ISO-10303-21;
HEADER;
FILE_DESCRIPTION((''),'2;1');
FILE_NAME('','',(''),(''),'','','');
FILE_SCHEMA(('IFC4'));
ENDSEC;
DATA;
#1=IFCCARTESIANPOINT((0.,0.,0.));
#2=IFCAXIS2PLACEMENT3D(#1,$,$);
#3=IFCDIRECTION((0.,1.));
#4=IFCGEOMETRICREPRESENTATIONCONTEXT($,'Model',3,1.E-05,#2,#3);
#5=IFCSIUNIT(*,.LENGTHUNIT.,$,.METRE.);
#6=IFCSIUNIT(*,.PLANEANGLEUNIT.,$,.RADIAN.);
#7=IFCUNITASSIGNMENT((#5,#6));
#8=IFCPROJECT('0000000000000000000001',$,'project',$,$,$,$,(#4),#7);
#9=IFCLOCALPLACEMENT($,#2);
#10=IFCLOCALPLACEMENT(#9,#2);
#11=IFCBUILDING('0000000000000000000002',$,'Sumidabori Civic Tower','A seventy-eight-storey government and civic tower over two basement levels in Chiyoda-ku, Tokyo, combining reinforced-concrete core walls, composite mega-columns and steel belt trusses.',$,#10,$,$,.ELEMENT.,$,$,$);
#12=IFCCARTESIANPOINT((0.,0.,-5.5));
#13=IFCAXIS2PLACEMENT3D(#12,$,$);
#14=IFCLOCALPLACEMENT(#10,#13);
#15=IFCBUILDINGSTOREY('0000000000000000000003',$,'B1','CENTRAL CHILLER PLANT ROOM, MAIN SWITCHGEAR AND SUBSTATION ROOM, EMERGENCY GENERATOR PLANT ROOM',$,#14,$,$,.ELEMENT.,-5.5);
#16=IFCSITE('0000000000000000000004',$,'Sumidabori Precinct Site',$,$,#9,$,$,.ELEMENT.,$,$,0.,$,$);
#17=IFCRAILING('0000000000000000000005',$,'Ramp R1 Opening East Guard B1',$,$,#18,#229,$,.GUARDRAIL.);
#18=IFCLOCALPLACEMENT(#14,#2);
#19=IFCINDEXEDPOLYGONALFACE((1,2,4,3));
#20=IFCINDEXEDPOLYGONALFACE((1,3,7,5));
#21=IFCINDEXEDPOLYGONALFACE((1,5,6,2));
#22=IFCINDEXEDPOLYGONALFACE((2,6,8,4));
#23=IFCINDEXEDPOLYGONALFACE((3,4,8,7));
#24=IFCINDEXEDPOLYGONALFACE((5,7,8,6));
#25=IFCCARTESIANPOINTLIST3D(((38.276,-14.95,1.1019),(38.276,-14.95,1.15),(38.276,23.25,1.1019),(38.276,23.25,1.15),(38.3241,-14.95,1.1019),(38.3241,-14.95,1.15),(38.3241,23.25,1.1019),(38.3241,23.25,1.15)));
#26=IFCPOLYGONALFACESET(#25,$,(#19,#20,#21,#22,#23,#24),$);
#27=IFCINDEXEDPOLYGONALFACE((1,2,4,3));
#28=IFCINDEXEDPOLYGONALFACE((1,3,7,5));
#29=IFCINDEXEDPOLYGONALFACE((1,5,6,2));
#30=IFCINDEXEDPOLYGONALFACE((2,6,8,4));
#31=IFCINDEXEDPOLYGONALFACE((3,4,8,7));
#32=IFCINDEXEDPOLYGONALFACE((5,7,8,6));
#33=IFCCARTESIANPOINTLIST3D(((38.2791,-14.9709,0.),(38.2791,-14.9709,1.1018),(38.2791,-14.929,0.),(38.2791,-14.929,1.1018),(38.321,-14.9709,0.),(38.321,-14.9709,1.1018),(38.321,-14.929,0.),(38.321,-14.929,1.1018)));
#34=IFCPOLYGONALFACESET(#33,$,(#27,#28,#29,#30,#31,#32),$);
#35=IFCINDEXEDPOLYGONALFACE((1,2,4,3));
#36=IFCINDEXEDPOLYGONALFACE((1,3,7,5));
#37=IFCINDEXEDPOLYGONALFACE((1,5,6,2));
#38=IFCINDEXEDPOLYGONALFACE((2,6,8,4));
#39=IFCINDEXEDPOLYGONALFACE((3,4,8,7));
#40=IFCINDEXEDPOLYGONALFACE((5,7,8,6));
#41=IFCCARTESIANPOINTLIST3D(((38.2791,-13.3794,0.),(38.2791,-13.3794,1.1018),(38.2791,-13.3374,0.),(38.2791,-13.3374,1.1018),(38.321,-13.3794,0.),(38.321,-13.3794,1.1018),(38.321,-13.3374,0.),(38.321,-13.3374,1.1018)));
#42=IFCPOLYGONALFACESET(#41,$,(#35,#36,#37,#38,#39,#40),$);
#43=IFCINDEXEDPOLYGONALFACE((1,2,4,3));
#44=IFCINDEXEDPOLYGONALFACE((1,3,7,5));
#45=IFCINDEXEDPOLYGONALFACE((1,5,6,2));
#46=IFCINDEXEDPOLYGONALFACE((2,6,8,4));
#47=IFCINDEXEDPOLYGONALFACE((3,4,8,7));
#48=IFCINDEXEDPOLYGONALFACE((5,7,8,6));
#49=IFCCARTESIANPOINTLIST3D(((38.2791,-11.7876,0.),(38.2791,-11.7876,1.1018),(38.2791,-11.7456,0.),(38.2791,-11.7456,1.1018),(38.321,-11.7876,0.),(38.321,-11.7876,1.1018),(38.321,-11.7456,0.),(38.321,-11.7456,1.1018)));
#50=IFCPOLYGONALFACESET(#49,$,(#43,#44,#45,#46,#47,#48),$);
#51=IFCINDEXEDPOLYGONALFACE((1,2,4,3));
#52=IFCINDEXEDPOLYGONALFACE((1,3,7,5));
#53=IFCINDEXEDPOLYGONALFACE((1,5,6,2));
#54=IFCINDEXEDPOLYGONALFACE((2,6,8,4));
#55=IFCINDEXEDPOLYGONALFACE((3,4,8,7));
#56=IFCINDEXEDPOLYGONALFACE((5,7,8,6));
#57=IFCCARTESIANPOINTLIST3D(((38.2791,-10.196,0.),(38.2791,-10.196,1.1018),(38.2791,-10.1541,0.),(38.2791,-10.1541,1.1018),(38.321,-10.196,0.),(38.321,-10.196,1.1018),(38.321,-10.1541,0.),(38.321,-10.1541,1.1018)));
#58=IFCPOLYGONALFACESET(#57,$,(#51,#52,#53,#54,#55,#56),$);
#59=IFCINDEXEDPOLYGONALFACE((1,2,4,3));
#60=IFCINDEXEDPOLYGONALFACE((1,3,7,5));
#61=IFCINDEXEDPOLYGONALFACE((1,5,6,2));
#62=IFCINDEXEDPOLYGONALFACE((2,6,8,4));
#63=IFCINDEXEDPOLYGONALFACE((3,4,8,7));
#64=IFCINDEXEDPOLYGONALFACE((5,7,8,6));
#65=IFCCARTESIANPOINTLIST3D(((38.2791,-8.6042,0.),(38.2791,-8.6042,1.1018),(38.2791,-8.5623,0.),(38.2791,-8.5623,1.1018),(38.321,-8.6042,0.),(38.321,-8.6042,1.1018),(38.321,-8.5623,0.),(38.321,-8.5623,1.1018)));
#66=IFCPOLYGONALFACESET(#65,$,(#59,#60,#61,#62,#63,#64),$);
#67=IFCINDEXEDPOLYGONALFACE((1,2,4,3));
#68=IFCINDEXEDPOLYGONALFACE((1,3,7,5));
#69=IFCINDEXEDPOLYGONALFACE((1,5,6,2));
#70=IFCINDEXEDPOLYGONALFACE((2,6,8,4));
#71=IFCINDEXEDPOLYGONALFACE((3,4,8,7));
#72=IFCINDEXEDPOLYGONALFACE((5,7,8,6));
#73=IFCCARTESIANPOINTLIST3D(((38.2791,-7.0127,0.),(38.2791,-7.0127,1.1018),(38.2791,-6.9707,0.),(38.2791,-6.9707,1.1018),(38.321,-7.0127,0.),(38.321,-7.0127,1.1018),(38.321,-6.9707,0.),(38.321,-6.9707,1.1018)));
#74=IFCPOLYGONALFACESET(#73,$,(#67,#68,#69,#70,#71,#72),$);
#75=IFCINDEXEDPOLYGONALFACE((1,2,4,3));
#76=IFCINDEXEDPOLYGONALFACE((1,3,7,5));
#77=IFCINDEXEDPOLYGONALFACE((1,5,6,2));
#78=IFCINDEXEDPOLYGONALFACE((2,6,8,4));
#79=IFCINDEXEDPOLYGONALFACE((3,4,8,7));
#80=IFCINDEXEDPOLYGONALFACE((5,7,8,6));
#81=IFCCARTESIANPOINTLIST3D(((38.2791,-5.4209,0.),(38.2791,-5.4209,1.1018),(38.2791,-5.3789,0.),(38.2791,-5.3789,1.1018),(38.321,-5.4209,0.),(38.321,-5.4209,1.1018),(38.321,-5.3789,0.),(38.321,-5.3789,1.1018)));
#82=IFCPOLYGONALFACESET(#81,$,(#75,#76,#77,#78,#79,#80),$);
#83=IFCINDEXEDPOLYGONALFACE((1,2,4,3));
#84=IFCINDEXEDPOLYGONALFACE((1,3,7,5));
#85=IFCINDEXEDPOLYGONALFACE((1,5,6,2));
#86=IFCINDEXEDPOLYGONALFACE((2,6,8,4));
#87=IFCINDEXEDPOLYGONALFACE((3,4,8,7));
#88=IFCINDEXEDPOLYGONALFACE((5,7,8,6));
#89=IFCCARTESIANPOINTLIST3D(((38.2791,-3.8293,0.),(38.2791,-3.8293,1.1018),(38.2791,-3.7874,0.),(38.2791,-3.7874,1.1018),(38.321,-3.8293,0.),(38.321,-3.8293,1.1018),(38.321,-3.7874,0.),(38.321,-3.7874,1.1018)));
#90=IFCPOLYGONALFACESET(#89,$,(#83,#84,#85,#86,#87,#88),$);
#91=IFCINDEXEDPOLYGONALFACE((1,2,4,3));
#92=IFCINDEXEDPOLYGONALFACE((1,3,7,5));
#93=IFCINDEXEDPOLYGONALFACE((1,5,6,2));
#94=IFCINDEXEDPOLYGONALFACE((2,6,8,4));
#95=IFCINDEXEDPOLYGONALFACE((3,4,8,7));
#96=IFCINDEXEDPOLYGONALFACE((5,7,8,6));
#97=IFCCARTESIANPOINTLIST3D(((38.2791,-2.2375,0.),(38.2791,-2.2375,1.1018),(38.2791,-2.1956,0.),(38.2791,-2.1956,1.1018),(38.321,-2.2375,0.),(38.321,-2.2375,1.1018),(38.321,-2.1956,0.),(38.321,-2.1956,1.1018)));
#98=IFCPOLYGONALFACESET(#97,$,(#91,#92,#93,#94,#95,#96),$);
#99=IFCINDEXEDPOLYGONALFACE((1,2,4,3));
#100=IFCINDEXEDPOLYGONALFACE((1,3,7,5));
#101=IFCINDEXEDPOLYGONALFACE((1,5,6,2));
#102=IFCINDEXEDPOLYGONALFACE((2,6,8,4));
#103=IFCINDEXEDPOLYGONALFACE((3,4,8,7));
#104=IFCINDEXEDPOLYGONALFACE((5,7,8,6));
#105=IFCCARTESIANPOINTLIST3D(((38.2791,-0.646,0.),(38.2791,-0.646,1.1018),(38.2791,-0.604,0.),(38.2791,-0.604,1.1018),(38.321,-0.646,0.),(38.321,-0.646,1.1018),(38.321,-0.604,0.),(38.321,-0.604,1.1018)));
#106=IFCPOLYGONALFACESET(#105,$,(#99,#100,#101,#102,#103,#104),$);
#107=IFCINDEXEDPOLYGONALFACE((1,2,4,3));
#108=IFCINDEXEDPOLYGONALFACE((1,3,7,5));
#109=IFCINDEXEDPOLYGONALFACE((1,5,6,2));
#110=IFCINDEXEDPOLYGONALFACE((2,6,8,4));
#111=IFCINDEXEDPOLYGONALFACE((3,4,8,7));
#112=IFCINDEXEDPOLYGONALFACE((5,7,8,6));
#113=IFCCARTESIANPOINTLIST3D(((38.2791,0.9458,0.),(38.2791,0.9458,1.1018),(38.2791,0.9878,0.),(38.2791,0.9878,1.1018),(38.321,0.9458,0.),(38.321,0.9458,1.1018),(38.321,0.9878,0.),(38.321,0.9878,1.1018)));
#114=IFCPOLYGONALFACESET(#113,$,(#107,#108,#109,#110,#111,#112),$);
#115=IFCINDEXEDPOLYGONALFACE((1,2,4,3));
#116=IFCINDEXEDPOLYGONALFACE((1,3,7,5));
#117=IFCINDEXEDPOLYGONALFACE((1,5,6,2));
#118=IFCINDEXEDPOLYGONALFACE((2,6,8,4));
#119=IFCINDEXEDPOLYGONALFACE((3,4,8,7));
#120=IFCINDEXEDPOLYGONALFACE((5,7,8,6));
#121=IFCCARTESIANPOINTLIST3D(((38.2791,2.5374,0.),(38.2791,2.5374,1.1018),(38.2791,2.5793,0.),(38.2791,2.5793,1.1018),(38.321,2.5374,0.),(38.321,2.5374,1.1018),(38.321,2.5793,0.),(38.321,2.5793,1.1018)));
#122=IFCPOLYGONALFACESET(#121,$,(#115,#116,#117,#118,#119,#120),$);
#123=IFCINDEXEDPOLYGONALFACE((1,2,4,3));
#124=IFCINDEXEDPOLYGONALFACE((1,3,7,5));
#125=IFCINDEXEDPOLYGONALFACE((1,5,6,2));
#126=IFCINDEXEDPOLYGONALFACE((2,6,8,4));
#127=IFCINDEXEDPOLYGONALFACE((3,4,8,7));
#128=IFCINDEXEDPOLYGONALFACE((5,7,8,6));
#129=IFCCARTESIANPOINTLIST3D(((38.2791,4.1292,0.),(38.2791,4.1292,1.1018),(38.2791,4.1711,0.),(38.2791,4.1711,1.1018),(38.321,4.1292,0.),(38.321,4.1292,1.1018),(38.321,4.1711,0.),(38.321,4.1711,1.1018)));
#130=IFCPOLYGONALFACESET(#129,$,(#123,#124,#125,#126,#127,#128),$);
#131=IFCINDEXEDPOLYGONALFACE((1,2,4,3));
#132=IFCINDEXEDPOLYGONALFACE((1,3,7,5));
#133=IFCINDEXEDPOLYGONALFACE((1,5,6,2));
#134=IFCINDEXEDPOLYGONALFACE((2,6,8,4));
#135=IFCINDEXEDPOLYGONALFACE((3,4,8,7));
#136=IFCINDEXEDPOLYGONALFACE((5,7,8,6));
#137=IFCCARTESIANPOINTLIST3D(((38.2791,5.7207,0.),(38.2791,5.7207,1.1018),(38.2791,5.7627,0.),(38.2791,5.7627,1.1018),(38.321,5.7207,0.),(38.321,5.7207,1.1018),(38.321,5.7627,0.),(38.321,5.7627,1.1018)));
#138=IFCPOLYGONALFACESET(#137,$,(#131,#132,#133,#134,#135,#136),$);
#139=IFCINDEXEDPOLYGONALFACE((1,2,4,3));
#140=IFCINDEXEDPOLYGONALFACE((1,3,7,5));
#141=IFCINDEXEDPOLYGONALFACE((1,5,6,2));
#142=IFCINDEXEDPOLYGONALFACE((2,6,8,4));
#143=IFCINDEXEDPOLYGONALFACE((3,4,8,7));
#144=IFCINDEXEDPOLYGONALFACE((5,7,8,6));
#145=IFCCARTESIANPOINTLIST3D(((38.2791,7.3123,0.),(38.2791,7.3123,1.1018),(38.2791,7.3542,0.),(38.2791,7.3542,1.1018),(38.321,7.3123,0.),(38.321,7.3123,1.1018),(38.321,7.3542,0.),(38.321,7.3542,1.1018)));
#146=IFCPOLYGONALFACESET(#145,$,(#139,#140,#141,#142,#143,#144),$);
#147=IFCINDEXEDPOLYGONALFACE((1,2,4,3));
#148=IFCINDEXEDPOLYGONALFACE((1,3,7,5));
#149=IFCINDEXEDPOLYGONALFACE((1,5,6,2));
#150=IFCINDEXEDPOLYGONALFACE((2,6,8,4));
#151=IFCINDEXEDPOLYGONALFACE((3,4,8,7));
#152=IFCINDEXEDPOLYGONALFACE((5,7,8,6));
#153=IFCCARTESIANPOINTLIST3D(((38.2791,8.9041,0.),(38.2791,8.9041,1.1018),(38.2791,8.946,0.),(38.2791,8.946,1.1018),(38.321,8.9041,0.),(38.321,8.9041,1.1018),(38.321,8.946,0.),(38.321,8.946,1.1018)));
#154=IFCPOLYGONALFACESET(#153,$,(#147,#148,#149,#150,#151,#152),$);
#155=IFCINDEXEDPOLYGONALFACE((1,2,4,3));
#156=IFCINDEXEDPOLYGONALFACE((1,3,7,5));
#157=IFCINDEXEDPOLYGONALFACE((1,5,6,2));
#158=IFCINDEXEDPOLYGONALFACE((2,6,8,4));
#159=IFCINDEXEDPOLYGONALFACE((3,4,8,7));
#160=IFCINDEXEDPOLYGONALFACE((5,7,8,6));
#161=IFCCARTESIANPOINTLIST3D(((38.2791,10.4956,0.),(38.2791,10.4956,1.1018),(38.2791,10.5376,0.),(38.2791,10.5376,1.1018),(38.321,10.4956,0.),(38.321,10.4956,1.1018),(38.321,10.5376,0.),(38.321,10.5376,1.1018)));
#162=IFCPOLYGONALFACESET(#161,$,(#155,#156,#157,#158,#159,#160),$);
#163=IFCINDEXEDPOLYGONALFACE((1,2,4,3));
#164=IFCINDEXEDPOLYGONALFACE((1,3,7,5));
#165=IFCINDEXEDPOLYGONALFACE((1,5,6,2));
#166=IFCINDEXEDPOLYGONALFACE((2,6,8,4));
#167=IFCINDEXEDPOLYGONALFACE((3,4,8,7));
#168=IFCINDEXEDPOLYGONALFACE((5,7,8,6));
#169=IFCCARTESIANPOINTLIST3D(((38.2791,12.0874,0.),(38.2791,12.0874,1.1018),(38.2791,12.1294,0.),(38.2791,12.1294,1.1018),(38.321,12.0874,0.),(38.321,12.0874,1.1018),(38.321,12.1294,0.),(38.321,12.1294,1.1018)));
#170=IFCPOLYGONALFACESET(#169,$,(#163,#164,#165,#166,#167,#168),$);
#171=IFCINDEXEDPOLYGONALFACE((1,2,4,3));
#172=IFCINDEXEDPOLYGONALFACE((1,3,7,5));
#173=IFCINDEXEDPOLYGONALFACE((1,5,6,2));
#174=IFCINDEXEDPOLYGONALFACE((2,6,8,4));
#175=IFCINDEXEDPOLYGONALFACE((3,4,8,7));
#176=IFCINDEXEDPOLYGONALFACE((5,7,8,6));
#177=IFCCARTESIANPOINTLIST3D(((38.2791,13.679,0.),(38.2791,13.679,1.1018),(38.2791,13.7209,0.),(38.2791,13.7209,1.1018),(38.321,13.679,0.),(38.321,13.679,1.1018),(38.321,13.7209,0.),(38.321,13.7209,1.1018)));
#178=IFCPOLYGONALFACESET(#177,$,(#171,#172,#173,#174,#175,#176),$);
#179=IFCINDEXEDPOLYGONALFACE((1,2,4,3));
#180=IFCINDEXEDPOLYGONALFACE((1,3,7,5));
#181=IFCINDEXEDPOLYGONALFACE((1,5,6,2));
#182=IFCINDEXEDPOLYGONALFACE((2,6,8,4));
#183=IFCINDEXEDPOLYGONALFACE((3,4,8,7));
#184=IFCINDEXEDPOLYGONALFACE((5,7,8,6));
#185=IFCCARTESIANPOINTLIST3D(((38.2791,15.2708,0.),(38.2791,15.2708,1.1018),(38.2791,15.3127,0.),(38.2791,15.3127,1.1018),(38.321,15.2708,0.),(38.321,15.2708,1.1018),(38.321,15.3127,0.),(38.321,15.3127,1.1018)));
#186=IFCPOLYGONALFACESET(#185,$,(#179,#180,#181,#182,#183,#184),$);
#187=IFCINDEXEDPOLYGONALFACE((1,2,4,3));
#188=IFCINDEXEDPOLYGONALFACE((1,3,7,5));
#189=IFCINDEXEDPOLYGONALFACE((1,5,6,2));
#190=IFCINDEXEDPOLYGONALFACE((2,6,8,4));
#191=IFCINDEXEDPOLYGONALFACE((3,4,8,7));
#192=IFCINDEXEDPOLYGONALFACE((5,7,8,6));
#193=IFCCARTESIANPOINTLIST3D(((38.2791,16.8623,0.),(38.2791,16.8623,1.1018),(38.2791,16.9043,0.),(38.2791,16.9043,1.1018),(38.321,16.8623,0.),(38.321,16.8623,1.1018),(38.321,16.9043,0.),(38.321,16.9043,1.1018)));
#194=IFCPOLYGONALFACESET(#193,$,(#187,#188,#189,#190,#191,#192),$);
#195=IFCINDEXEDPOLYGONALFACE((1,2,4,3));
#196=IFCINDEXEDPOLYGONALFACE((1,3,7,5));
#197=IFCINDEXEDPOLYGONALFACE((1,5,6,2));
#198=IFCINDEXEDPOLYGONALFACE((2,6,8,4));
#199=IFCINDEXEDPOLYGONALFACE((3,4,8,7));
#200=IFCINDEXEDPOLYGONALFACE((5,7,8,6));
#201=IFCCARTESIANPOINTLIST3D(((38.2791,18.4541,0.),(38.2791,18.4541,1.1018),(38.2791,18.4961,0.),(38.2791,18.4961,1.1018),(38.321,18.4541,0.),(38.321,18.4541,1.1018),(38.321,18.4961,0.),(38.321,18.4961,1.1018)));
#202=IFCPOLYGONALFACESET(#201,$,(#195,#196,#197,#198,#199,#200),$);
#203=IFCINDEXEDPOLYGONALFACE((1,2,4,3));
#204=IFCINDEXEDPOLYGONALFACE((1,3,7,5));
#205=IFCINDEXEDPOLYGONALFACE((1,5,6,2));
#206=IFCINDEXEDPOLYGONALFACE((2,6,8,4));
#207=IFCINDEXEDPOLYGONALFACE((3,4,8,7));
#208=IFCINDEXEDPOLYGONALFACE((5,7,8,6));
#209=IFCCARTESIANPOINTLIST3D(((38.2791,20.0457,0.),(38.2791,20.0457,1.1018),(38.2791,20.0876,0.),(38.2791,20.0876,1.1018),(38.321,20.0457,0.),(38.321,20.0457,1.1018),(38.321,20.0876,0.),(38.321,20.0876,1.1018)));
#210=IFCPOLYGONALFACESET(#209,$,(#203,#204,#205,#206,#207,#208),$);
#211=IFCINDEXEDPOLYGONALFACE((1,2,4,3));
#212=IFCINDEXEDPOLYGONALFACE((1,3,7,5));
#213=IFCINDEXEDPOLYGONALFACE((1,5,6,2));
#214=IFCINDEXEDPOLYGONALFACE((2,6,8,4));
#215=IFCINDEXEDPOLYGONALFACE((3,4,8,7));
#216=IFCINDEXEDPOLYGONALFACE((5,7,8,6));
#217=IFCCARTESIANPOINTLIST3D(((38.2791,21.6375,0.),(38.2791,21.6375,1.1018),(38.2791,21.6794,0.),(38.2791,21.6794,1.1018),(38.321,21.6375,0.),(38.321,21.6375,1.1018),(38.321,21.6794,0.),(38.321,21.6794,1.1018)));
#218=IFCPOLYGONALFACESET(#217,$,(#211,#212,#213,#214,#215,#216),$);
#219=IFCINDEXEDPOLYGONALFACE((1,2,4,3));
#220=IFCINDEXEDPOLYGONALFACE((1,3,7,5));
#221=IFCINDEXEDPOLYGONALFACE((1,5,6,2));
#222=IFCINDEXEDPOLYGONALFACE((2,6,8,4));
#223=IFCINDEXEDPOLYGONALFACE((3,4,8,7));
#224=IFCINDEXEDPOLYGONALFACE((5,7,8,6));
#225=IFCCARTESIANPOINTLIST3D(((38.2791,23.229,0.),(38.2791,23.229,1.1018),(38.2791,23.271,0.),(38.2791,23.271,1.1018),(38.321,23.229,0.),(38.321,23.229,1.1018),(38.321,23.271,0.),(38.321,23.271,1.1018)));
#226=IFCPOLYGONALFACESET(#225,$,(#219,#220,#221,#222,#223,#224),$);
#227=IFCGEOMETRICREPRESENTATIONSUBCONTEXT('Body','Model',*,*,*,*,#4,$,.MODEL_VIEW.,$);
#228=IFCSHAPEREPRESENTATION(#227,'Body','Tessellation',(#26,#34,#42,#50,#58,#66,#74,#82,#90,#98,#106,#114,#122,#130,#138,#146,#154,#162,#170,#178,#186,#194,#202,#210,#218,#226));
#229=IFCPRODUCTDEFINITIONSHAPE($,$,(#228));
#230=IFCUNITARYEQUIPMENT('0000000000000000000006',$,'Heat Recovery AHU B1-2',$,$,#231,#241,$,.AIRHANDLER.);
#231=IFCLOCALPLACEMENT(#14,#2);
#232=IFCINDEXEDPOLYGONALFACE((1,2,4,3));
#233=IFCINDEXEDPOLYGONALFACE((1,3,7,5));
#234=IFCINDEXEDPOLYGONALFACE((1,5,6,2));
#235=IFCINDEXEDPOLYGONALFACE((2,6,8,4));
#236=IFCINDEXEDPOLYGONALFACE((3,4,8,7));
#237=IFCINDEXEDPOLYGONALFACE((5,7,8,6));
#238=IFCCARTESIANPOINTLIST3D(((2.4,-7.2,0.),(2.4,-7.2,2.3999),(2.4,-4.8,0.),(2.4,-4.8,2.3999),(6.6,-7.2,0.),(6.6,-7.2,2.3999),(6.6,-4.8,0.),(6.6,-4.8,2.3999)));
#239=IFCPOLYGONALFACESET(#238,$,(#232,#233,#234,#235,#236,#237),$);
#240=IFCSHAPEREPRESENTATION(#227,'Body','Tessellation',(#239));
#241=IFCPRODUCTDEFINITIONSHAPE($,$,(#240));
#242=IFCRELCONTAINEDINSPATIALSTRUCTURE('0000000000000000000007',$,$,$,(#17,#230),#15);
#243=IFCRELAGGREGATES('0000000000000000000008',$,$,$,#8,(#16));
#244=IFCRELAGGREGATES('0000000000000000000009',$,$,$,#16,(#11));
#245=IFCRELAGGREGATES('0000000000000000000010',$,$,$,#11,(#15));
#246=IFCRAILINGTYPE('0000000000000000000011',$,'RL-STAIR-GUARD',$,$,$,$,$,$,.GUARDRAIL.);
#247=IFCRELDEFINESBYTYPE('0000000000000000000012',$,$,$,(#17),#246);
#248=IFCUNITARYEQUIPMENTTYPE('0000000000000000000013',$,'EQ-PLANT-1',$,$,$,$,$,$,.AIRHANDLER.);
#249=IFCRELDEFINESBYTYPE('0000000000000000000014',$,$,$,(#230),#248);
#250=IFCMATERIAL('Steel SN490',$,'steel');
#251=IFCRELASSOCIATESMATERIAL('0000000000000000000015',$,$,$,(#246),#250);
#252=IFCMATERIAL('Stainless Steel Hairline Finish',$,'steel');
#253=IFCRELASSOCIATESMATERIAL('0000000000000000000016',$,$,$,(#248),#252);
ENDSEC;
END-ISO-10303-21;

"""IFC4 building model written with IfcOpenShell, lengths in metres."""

from ifc_helpers import new_model, si_unit, direction, frame, origin, origin_2d, place, context, subcontext, project, spatial, rectangle, extrude, source, transform, mapped, material, type_object, element, save


model = new_model("IFC4")

# Units and contexts
model_context = context("Model", 3, precision=1e-05, world=origin(), true_north=direction((0.0, 1.0)))
body_context = subcontext(model_context, "Body", "Model", "MODEL_VIEW")
ifc_project = project(units=[si_unit("LENGTHUNIT", "METRE"), si_unit("PLANEANGLEUNIT", "RADIAN")], contexts=[model_context])

# Site, building, storey
site_placement = place(None, origin())
site = spatial("IfcSite", under=ifc_project, at=site_placement, Name="Sumidabori Precinct Site", CompositionType="ELEMENT", RefElevation=0.0)
building_placement = place(site_placement, origin())
building = spatial("IfcBuilding", under=site, at=building_placement, Name="Sumidabori Civic Tower", Description="A seventy-eight-storey government and civic tower over two basement levels in Chiyoda-ku, Tokyo, combining reinforced-concrete core walls, composite mega-columns and steel belt trusses.", CompositionType="ELEMENT")
storey_placement = place(building_placement, frame((0.0, 0.0, -5.5)))
storey = spatial("IfcBuildingStorey", under=building, at=storey_placement, Name="B1", Description="CENTRAL CHILLER PLANT ROOM, MAIN SWITCHGEAR AND SUBSTATION ROOM, EMERGENCY GENERATOR PLANT ROOM", CompositionType="ELEMENT", Elevation=-5.5)

# Shared definitions
ifc_material_1 = material(Name="Steel SN490", Category="steel")

# Railing
railing_type = type_object("IfcRailingType", Name="RL-STAIR-GUARD", PredefinedType="GUARDRAIL", material=ifc_material_1)
railing_1_placement = place(storey_placement, frame((38.3, -14.95, 0.0)))
element("IfcRailing", 1, at=railing_1_placement, inside=storey, type_object=railing_type, Name="Ramp R1 Opening East Guard B1", PredefinedType="GUARDRAIL", context=body_context, shape_type="SweptSolid", body=[
    extrude(rectangle(XDim=0.0481, YDim=0.0481, at=origin_2d()), frame((0.0, 0.0, 1.126), z_axis=(0.0, 1.0, 0.0), x_axis=(-1.0, 0.0, 0.0)), (0.0, 0.0, 1.0), 38.2),
    extrude(rectangle(XDim=0.042, YDim=0.042, at=origin_2d()), origin(), (0.0, 0.0, 1.0), 1.1018),
    extrude(rectangle(XDim=0.042, YDim=0.042, at=origin_2d()), frame((0.0, 1.5916, 0.0)), (0.0, 0.0, 1.0), 1.1018),
    extrude(rectangle(XDim=0.042, YDim=0.042, at=origin_2d()), frame((0.0, 3.1833, 0.0)), (0.0, 0.0, 1.0), 1.1018),
    extrude(rectangle(XDim=0.042, YDim=0.042, at=origin_2d()), frame((0.0, 4.7749, 0.0)), (0.0, 0.0, 1.0), 1.1018),
    extrude(rectangle(XDim=0.042, YDim=0.042, at=origin_2d()), frame((0.0, 6.3667, 0.0)), (0.0, 0.0, 1.0), 1.1018),
    extrude(rectangle(XDim=0.042, YDim=0.042, at=origin_2d()), frame((0.0, 7.9583, 0.0)), (0.0, 0.0, 1.0), 1.1018),
    extrude(rectangle(XDim=0.042, YDim=0.042, at=origin_2d()), frame((0.0, 9.55, 0.0)), (0.0, 0.0, 1.0), 1.1018),
    extrude(rectangle(XDim=0.042, YDim=0.042, at=origin_2d()), frame((0.0, 11.1416, 0.0)), (0.0, 0.0, 1.0), 1.1018),
    extrude(rectangle(XDim=0.042, YDim=0.042, at=origin_2d()), frame((0.0, 12.7334, 0.0)), (0.0, 0.0, 1.0), 1.1018),
    extrude(rectangle(XDim=0.042, YDim=0.042, at=origin_2d()), frame((0.0, 14.325, 0.0)), (0.0, 0.0, 1.0), 1.1018),
    extrude(rectangle(XDim=0.042, YDim=0.042, at=origin_2d()), frame((0.0, 15.9167, 0.0)), (0.0, 0.0, 1.0), 1.1018),
    extrude(rectangle(XDim=0.042, YDim=0.042, at=origin_2d()), frame((0.0, 17.5083, 0.0)), (0.0, 0.0, 1.0), 1.1018),
    extrude(rectangle(XDim=0.042, YDim=0.042, at=origin_2d()), frame((0.0, 19.1001, 0.0)), (0.0, 0.0, 1.0), 1.1018),
    extrude(rectangle(XDim=0.042, YDim=0.042, at=origin_2d()), frame((0.0, 20.6917, 0.0)), (0.0, 0.0, 1.0), 1.1018),
    extrude(rectangle(XDim=0.042, YDim=0.042, at=origin_2d()), frame((0.0, 22.2832, 0.0)), (0.0, 0.0, 1.0), 1.1018),
    extrude(rectangle(XDim=0.042, YDim=0.042, at=origin_2d()), frame((0.0, 23.875, 0.0)), (0.0, 0.0, 1.0), 1.1018),
    extrude(rectangle(XDim=0.042, YDim=0.042, at=origin_2d()), frame((0.0, 25.4666, 0.0)), (0.0, 0.0, 1.0), 1.1018),
    extrude(rectangle(XDim=0.042, YDim=0.042, at=origin_2d()), frame((0.0, 27.0583, 0.0)), (0.0, 0.0, 1.0), 1.1018),
    extrude(rectangle(XDim=0.042, YDim=0.042, at=origin_2d()), frame((0.0, 28.6499, 0.0)), (0.0, 0.0, 1.0), 1.1018),
    extrude(rectangle(XDim=0.042, YDim=0.042, at=origin_2d()), frame((0.0, 30.2417, 0.0)), (0.0, 0.0, 1.0), 1.1018),
    extrude(rectangle(XDim=0.042, YDim=0.042, at=origin_2d()), frame((0.0, 31.8333, 0.0)), (0.0, 0.0, 1.0), 1.1018),
    extrude(rectangle(XDim=0.042, YDim=0.042, at=origin_2d()), frame((0.0, 33.425, 0.0)), (0.0, 0.0, 1.0), 1.1018),
    extrude(rectangle(XDim=0.042, YDim=0.042, at=origin_2d()), frame((0.0, 35.0166, 0.0)), (0.0, 0.0, 1.0), 1.1018),
    extrude(rectangle(XDim=0.042, YDim=0.042, at=origin_2d()), frame((0.0, 36.6084, 0.0)), (0.0, 0.0, 1.0), 1.1018),
    extrude(rectangle(XDim=0.042, YDim=0.042, at=origin_2d()), frame((0.0, 38.2, 0.0)), (0.0, 0.0, 1.0), 1.1018),
])

# Unitary equipment
ifc_material_2 = material(Name="Stainless Steel Hairline Finish", Category="steel")
unitary_equipment_type = type_object("IfcUnitaryEquipmentType", Name="EQ-PLANT-1", PredefinedType="AIRHANDLER", material=ifc_material_2)
shared_shape_1 = source(origin(), body_context, "Body", "SweptSolid", [
    extrude(rectangle(XDim=4.2, YDim=2.3999, at=origin_2d()), origin(), (0.0, 0.0, 1.0), 2.3999),
])
unitary_equipment_placement = place(storey_placement, frame((4.5, -6.0, 0.0), z_axis=(0.0, 0.0, 1.0), x_axis=(1.0, 0.0, 0.0)))
element("IfcUnitaryEquipment", 2, at=unitary_equipment_placement, inside=storey, type_object=unitary_equipment_type, Name="Heat Recovery AHU B1-2", PredefinedType="AIRHANDLER", context=body_context, shape_type="MappedRepresentation", body=[
    mapped(shared_shape_1, transform((0.0, 0.0, 0.0), x_axis=(1.0, 0.0, 0.0), y_axis=(0.0, 1.0, 0.0), z_axis=(0.0, 0.0, 1.0), scale=1.0)),
])

save(model, "model.ifc")
